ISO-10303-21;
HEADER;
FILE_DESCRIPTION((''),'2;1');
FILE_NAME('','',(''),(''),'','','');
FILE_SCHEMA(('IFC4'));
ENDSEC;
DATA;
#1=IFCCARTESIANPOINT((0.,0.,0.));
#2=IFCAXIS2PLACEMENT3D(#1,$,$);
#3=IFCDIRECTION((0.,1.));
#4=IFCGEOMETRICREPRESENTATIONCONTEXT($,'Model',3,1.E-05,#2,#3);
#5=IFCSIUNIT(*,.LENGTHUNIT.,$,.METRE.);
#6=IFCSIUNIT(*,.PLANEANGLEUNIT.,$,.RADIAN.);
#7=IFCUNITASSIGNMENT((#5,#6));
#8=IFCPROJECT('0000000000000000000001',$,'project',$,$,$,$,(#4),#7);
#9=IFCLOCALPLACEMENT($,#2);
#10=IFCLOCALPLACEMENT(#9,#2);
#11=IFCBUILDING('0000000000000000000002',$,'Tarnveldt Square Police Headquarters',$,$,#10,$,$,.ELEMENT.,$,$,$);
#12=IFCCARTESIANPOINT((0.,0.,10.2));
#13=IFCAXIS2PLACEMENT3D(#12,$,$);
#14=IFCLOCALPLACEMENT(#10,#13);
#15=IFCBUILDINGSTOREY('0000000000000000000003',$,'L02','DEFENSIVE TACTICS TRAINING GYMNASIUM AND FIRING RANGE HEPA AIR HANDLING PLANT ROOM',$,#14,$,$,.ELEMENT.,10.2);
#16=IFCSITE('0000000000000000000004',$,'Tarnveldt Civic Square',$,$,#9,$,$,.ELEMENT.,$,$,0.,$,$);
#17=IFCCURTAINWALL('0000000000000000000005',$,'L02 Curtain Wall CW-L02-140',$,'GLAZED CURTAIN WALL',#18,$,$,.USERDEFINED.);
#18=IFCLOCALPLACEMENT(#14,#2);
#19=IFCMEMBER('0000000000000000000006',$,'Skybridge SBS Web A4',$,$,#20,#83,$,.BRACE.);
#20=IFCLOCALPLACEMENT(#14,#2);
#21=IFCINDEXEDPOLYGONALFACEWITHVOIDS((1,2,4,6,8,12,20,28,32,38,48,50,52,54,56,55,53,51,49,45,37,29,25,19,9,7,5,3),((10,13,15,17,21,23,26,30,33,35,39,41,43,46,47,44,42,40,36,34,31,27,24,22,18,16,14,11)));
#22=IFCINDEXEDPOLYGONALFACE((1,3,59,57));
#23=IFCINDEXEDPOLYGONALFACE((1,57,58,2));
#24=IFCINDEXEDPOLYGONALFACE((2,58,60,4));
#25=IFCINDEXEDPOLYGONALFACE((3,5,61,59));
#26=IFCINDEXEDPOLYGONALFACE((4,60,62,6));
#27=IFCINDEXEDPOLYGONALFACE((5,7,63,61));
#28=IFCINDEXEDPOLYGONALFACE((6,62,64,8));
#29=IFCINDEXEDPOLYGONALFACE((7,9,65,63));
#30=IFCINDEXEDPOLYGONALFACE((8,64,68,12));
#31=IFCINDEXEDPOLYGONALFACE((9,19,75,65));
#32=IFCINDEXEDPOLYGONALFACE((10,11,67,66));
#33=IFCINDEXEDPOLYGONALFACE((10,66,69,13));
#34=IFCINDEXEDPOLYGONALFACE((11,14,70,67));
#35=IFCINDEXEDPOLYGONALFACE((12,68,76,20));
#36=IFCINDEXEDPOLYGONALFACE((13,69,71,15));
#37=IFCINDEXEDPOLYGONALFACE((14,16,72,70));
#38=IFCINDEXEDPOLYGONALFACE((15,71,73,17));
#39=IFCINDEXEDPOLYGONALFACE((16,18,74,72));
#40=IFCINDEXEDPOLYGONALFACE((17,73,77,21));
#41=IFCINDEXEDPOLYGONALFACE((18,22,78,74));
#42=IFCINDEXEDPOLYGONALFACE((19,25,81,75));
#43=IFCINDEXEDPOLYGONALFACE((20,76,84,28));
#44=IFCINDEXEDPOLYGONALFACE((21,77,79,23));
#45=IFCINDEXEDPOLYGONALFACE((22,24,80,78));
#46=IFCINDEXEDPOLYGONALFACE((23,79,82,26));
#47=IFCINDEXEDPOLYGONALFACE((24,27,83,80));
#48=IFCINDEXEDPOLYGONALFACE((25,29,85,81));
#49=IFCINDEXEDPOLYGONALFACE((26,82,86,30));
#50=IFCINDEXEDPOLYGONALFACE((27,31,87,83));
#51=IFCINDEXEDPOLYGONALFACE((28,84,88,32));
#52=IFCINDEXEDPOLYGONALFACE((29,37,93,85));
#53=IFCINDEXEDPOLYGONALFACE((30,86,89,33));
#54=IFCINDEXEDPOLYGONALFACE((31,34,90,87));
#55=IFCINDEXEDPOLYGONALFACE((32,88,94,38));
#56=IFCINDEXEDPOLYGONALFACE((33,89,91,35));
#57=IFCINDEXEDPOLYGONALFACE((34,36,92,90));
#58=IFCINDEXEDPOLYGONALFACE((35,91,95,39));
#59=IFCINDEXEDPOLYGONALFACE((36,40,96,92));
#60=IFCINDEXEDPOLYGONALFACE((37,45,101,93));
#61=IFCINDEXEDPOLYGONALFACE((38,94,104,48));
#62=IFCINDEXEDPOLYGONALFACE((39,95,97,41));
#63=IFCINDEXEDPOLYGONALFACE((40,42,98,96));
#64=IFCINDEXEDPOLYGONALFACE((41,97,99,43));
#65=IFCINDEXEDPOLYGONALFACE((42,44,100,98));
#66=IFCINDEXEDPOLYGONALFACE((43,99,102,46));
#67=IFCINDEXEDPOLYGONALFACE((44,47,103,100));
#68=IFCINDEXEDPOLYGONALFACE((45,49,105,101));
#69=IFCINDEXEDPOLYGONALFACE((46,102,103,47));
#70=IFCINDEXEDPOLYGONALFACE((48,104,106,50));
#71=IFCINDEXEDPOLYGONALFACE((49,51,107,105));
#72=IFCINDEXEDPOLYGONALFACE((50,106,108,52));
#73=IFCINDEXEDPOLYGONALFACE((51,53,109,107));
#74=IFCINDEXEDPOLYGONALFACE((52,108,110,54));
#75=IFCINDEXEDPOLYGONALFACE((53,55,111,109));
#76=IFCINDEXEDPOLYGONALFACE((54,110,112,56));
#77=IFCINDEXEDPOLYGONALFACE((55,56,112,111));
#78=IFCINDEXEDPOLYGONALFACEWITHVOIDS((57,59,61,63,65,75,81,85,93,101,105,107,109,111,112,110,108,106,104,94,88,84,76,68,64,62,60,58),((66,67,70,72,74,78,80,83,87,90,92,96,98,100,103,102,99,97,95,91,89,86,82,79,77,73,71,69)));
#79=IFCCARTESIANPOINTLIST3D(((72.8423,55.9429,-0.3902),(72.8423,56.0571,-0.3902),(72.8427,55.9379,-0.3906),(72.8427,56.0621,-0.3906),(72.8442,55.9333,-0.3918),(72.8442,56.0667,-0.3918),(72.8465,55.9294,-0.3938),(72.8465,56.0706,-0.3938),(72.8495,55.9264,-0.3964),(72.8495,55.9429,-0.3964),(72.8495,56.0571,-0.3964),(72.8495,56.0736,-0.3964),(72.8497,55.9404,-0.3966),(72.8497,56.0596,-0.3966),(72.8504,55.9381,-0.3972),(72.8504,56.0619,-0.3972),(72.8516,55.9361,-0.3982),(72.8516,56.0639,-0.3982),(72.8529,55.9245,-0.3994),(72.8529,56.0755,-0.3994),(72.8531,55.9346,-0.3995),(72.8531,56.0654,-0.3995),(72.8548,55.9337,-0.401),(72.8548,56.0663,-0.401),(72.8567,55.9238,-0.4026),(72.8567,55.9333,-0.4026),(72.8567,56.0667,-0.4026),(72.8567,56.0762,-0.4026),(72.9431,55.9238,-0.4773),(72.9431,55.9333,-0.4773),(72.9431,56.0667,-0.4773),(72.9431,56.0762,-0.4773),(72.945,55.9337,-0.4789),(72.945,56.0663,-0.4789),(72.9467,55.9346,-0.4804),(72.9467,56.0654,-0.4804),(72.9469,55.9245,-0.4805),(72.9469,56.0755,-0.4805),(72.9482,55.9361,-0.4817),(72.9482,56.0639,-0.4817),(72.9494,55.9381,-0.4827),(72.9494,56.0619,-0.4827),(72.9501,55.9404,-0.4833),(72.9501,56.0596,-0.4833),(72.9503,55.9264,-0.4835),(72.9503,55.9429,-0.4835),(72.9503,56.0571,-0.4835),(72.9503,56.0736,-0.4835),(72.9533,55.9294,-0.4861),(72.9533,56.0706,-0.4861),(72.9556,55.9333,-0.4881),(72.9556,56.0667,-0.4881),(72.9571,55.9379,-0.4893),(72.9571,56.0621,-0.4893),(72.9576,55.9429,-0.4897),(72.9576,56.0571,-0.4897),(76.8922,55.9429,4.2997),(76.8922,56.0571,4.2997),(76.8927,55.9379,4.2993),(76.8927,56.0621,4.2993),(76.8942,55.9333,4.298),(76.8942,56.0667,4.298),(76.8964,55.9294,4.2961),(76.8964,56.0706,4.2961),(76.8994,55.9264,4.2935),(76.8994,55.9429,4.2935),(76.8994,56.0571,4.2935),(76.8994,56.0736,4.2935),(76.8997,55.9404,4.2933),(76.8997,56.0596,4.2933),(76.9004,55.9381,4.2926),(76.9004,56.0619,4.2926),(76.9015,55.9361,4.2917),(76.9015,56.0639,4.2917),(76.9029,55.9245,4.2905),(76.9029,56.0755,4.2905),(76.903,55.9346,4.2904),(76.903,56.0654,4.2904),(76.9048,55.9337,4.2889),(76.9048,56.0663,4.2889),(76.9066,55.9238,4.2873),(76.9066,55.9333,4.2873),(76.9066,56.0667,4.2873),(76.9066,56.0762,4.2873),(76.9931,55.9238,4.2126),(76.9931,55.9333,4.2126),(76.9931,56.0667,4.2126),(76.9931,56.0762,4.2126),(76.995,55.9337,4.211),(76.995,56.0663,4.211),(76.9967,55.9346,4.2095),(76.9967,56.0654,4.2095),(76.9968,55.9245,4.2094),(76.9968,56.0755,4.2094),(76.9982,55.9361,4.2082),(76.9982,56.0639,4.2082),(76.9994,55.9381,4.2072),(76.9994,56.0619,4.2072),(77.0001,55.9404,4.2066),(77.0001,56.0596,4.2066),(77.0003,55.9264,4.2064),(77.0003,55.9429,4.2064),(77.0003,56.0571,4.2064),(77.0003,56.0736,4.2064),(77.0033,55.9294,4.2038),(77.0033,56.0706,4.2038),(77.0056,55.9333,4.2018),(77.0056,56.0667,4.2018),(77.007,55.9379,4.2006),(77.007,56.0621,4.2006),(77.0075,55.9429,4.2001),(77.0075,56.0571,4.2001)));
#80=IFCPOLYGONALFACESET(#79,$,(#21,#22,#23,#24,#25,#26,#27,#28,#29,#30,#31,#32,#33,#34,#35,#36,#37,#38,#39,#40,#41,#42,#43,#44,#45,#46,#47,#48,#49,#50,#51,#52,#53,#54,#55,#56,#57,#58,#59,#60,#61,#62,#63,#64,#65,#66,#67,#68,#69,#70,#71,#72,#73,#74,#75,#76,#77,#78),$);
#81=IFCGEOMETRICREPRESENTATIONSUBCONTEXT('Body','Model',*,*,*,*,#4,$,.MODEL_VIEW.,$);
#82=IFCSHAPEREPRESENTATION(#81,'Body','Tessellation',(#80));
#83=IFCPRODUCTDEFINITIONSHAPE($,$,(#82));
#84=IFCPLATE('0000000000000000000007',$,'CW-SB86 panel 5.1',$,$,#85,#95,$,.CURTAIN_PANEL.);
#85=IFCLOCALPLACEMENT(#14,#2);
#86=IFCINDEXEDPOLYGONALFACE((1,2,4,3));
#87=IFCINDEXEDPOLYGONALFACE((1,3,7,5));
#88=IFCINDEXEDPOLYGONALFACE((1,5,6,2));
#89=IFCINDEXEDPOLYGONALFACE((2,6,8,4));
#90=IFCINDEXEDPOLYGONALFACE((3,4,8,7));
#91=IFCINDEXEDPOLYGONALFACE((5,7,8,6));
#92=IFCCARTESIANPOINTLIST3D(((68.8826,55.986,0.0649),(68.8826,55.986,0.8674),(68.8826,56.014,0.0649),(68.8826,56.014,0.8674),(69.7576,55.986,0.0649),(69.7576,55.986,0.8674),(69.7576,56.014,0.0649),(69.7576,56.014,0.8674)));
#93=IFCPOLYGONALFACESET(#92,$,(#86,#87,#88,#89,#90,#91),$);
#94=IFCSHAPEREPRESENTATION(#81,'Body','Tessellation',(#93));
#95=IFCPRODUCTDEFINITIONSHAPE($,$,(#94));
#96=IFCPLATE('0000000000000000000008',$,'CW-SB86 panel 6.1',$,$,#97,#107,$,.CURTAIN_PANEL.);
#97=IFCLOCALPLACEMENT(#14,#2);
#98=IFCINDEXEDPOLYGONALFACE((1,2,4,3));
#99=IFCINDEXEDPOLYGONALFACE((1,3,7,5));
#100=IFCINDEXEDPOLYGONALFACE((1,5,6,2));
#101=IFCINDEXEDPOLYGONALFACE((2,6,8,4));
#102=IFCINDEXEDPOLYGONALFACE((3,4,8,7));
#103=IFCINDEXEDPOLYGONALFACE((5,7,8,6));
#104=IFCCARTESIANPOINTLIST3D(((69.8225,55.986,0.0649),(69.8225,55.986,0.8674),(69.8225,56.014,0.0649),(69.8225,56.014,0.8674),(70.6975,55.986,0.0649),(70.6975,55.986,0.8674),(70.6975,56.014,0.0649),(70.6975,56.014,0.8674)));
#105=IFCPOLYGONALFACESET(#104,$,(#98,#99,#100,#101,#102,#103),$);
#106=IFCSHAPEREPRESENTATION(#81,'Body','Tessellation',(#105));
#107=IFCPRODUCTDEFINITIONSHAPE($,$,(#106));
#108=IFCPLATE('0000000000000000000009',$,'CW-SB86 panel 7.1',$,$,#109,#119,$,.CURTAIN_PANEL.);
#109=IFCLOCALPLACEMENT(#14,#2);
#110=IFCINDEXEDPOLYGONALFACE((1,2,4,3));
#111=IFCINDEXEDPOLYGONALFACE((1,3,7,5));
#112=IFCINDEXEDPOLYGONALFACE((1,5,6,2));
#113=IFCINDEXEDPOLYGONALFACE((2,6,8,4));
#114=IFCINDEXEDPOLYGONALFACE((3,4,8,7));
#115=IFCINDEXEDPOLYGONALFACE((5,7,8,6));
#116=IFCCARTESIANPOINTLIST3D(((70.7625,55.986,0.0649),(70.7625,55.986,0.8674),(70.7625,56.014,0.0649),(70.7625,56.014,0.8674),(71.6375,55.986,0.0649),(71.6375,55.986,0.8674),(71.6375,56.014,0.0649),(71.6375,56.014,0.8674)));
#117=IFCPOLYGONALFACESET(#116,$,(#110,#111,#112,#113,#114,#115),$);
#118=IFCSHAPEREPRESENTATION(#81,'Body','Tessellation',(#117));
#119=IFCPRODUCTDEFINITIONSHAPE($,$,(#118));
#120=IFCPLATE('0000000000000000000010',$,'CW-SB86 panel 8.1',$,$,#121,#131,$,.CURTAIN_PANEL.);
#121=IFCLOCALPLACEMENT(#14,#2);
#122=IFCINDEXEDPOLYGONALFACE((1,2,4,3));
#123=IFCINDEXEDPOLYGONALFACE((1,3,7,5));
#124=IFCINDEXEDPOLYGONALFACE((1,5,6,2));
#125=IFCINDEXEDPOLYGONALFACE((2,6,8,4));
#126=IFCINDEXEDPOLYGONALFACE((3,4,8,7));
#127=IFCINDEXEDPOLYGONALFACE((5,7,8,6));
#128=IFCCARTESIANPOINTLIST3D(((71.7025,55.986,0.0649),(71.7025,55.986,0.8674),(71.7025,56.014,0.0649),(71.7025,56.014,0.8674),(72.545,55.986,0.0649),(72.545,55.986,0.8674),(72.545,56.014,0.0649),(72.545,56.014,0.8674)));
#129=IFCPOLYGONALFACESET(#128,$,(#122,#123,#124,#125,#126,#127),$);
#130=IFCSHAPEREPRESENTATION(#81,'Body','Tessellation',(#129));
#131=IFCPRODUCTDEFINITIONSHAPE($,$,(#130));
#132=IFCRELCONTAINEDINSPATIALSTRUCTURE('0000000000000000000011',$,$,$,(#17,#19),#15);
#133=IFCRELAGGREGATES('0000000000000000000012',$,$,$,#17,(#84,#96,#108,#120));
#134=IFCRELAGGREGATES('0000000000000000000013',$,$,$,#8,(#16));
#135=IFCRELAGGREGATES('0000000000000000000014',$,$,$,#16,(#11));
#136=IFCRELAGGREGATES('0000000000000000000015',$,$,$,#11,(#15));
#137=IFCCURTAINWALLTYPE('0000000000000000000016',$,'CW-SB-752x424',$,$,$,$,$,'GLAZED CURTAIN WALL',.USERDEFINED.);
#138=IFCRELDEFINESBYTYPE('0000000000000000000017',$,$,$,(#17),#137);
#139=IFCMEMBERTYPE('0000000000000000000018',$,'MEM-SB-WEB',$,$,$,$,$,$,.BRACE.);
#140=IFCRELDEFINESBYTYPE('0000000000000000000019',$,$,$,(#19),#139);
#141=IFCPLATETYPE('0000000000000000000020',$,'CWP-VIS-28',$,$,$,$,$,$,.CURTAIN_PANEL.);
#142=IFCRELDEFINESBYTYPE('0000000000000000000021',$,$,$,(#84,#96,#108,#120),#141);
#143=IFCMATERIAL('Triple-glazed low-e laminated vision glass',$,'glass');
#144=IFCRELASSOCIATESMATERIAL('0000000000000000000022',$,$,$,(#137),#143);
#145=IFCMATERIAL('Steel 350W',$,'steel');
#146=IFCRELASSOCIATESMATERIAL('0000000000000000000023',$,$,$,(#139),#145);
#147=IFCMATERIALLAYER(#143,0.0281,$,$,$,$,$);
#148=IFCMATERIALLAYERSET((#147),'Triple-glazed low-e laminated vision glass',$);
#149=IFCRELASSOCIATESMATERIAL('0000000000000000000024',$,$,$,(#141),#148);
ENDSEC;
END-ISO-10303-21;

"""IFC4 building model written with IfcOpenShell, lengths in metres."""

from ifc_helpers import new_model, si_unit, direction, frame, origin, origin_2d, place, context, subcontext, project, spatial, rectangle, hollow_rectangle, extrude, material, layer, layer_set, material_profile, profile_set, type_object, element, aggregate, save


model = new_model("IFC4")

# Units and contexts
model_context = context("Model", 3, precision=1e-05, world=origin(), true_north=direction((0.0, 1.0)))
body_context = subcontext(model_context, "Body", "Model", "MODEL_VIEW")
ifc_project = project(units=[si_unit("LENGTHUNIT", "METRE"), si_unit("PLANEANGLEUNIT", "RADIAN")], contexts=[model_context])

# Site, building, storey
site_placement = place(None, origin())
site = spatial("IfcSite", under=ifc_project, at=site_placement, Name="Tarnveldt Civic Square", CompositionType="ELEMENT", RefElevation=0.0)
building_placement = place(site_placement, origin())
building = spatial("IfcBuilding", under=site, at=building_placement, Name="Tarnveldt Square Police Headquarters", CompositionType="ELEMENT")
storey_placement = place(building_placement, frame((0.0, 0.0, 10.2)))
storey = spatial("IfcBuildingStorey", under=building, at=storey_placement, Name="L02", Description="DEFENSIVE TACTICS TRAINING GYMNASIUM AND FIRING RANGE HEPA AIR HANDLING PLANT ROOM", CompositionType="ELEMENT", Elevation=10.2)

# Shared definitions
ifc_material_1 = material(Name="Steel 350W", Category="steel")

# Curtain wall
ifc_material_2 = material(Name="Triple-glazed low-e laminated vision glass", Category="glass")
curtain_wall_type = type_object("IfcCurtainWallType", Name="CW-SB-752x424", ElementType="GLAZED CURTAIN WALL", PredefinedType="USERDEFINED", material=ifc_material_2)
curtain_wall_1_placement = place(storey_placement, origin())
curtain_wall_1 = element("IfcCurtainWall", 1, at=curtain_wall_1_placement, inside=storey, type_object=curtain_wall_type, Name="L02 Curtain Wall CW-L02-140", ObjectType="GLAZED CURTAIN WALL", PredefinedType="USERDEFINED")

# Member
ifc_material_profile_1 = material_profile(ifc_material_1, hollow_rectangle(XDim=0.1523, YDim=0.1523, WallThickness=0.0095, InnerFilletRadius=0.0095, OuterFilletRadius=0.019, at=origin_2d()), Name="HSS152x152x9.5")
ifc_profile_set_1 = profile_set([ifc_material_profile_1], Name="Steel 350W")
member_type_1 = type_object("IfcMemberType", Name="MEM-SB-WEB", PredefinedType="BRACE", material=ifc_profile_set_1)
for number, where, z_axis, x_axis, name in (
    (2, (72.8999, 56.0, -0.4399), (0.653587, 0.0, 0.756851), (0.0, 1.0, 0.0), "Skybridge SBS Web A4"),
):
    element("IfcMember", number, at=place(storey_placement, frame(where, z_axis=z_axis, x_axis=x_axis)), inside=storey, type_object=member_type_1, Name=name, PredefinedType="BRACE", context=body_context, shape_type="SweptSolid", body=[
        extrude(hollow_rectangle(XDim=0.1523, YDim=0.1523, WallThickness=0.0095, InnerFilletRadius=0.0095, OuterFilletRadius=0.019, at=origin_2d()), origin(), (0.0, 0.0, 1.0), 6.1965),
    ])

# Plates
ifc_layer = layer(ifc_material_2, 0.0281)
ifc_layer_set = layer_set([ifc_layer], Name="Triple-glazed low-e laminated vision glass")
plate_type = type_object("IfcPlateType", Name="CWP-VIS-28", PredefinedType="CURTAIN_PANEL", material=ifc_layer_set)
plate_1_placement = place(storey_placement, frame((69.3201, 56.0, 0.0649), z_axis=(0.0, 0.0, 1.0), x_axis=(1.0, 0.0, 0.0)))
plate_1 = element("IfcPlate", 3, at=plate_1_placement, type_object=plate_type, Name="CW-SB86 panel 5.1", PredefinedType="CURTAIN_PANEL", context=body_context, shape_type="SweptSolid", body=[
    extrude(rectangle(XDim=0.875, YDim=0.0281, at=origin_2d()), origin(), (0.0, 0.0, 1.0), 0.8025),
])
plate_2_placement = place(storey_placement, frame((70.26, 56.0, 0.0649), z_axis=(0.0, 0.0, 1.0), x_axis=(1.0, 0.0, 0.0)))
plate_2 = element("IfcPlate", 4, at=plate_2_placement, type_object=plate_type, Name="CW-SB86 panel 6.1", PredefinedType="CURTAIN_PANEL", context=body_context, shape_type="SweptSolid", body=[
    extrude(rectangle(XDim=0.875, YDim=0.0281, at=origin_2d()), origin(), (0.0, 0.0, 1.0), 0.8025),
])
plate_3_placement = place(storey_placement, frame((71.2, 56.0, 0.0649), z_axis=(0.0, 0.0, 1.0), x_axis=(1.0, 0.0, 0.0)))
plate_3 = element("IfcPlate", 5, at=plate_3_placement, type_object=plate_type, Name="CW-SB86 panel 7.1", PredefinedType="CURTAIN_PANEL", context=body_context, shape_type="SweptSolid", body=[
    extrude(rectangle(XDim=0.875, YDim=0.0281, at=origin_2d()), origin(), (0.0, 0.0, 1.0), 0.8025),
])
plate_4_placement = place(storey_placement, frame((72.1238, 56.0, 0.0649), z_axis=(0.0, 0.0, 1.0), x_axis=(1.0, 0.0, 0.0)))
plate_4 = element("IfcPlate", 6, at=plate_4_placement, type_object=plate_type, Name="CW-SB86 panel 8.1", PredefinedType="CURTAIN_PANEL", context=body_context, shape_type="SweptSolid", body=[
    extrude(rectangle(XDim=0.8425, YDim=0.0281, at=origin_2d()), origin(), (0.0, 0.0, 1.0), 0.8025),
])
aggregate(curtain_wall_1, [plate_1, plate_2, plate_3, plate_4])

save(model, "model.ifc")
